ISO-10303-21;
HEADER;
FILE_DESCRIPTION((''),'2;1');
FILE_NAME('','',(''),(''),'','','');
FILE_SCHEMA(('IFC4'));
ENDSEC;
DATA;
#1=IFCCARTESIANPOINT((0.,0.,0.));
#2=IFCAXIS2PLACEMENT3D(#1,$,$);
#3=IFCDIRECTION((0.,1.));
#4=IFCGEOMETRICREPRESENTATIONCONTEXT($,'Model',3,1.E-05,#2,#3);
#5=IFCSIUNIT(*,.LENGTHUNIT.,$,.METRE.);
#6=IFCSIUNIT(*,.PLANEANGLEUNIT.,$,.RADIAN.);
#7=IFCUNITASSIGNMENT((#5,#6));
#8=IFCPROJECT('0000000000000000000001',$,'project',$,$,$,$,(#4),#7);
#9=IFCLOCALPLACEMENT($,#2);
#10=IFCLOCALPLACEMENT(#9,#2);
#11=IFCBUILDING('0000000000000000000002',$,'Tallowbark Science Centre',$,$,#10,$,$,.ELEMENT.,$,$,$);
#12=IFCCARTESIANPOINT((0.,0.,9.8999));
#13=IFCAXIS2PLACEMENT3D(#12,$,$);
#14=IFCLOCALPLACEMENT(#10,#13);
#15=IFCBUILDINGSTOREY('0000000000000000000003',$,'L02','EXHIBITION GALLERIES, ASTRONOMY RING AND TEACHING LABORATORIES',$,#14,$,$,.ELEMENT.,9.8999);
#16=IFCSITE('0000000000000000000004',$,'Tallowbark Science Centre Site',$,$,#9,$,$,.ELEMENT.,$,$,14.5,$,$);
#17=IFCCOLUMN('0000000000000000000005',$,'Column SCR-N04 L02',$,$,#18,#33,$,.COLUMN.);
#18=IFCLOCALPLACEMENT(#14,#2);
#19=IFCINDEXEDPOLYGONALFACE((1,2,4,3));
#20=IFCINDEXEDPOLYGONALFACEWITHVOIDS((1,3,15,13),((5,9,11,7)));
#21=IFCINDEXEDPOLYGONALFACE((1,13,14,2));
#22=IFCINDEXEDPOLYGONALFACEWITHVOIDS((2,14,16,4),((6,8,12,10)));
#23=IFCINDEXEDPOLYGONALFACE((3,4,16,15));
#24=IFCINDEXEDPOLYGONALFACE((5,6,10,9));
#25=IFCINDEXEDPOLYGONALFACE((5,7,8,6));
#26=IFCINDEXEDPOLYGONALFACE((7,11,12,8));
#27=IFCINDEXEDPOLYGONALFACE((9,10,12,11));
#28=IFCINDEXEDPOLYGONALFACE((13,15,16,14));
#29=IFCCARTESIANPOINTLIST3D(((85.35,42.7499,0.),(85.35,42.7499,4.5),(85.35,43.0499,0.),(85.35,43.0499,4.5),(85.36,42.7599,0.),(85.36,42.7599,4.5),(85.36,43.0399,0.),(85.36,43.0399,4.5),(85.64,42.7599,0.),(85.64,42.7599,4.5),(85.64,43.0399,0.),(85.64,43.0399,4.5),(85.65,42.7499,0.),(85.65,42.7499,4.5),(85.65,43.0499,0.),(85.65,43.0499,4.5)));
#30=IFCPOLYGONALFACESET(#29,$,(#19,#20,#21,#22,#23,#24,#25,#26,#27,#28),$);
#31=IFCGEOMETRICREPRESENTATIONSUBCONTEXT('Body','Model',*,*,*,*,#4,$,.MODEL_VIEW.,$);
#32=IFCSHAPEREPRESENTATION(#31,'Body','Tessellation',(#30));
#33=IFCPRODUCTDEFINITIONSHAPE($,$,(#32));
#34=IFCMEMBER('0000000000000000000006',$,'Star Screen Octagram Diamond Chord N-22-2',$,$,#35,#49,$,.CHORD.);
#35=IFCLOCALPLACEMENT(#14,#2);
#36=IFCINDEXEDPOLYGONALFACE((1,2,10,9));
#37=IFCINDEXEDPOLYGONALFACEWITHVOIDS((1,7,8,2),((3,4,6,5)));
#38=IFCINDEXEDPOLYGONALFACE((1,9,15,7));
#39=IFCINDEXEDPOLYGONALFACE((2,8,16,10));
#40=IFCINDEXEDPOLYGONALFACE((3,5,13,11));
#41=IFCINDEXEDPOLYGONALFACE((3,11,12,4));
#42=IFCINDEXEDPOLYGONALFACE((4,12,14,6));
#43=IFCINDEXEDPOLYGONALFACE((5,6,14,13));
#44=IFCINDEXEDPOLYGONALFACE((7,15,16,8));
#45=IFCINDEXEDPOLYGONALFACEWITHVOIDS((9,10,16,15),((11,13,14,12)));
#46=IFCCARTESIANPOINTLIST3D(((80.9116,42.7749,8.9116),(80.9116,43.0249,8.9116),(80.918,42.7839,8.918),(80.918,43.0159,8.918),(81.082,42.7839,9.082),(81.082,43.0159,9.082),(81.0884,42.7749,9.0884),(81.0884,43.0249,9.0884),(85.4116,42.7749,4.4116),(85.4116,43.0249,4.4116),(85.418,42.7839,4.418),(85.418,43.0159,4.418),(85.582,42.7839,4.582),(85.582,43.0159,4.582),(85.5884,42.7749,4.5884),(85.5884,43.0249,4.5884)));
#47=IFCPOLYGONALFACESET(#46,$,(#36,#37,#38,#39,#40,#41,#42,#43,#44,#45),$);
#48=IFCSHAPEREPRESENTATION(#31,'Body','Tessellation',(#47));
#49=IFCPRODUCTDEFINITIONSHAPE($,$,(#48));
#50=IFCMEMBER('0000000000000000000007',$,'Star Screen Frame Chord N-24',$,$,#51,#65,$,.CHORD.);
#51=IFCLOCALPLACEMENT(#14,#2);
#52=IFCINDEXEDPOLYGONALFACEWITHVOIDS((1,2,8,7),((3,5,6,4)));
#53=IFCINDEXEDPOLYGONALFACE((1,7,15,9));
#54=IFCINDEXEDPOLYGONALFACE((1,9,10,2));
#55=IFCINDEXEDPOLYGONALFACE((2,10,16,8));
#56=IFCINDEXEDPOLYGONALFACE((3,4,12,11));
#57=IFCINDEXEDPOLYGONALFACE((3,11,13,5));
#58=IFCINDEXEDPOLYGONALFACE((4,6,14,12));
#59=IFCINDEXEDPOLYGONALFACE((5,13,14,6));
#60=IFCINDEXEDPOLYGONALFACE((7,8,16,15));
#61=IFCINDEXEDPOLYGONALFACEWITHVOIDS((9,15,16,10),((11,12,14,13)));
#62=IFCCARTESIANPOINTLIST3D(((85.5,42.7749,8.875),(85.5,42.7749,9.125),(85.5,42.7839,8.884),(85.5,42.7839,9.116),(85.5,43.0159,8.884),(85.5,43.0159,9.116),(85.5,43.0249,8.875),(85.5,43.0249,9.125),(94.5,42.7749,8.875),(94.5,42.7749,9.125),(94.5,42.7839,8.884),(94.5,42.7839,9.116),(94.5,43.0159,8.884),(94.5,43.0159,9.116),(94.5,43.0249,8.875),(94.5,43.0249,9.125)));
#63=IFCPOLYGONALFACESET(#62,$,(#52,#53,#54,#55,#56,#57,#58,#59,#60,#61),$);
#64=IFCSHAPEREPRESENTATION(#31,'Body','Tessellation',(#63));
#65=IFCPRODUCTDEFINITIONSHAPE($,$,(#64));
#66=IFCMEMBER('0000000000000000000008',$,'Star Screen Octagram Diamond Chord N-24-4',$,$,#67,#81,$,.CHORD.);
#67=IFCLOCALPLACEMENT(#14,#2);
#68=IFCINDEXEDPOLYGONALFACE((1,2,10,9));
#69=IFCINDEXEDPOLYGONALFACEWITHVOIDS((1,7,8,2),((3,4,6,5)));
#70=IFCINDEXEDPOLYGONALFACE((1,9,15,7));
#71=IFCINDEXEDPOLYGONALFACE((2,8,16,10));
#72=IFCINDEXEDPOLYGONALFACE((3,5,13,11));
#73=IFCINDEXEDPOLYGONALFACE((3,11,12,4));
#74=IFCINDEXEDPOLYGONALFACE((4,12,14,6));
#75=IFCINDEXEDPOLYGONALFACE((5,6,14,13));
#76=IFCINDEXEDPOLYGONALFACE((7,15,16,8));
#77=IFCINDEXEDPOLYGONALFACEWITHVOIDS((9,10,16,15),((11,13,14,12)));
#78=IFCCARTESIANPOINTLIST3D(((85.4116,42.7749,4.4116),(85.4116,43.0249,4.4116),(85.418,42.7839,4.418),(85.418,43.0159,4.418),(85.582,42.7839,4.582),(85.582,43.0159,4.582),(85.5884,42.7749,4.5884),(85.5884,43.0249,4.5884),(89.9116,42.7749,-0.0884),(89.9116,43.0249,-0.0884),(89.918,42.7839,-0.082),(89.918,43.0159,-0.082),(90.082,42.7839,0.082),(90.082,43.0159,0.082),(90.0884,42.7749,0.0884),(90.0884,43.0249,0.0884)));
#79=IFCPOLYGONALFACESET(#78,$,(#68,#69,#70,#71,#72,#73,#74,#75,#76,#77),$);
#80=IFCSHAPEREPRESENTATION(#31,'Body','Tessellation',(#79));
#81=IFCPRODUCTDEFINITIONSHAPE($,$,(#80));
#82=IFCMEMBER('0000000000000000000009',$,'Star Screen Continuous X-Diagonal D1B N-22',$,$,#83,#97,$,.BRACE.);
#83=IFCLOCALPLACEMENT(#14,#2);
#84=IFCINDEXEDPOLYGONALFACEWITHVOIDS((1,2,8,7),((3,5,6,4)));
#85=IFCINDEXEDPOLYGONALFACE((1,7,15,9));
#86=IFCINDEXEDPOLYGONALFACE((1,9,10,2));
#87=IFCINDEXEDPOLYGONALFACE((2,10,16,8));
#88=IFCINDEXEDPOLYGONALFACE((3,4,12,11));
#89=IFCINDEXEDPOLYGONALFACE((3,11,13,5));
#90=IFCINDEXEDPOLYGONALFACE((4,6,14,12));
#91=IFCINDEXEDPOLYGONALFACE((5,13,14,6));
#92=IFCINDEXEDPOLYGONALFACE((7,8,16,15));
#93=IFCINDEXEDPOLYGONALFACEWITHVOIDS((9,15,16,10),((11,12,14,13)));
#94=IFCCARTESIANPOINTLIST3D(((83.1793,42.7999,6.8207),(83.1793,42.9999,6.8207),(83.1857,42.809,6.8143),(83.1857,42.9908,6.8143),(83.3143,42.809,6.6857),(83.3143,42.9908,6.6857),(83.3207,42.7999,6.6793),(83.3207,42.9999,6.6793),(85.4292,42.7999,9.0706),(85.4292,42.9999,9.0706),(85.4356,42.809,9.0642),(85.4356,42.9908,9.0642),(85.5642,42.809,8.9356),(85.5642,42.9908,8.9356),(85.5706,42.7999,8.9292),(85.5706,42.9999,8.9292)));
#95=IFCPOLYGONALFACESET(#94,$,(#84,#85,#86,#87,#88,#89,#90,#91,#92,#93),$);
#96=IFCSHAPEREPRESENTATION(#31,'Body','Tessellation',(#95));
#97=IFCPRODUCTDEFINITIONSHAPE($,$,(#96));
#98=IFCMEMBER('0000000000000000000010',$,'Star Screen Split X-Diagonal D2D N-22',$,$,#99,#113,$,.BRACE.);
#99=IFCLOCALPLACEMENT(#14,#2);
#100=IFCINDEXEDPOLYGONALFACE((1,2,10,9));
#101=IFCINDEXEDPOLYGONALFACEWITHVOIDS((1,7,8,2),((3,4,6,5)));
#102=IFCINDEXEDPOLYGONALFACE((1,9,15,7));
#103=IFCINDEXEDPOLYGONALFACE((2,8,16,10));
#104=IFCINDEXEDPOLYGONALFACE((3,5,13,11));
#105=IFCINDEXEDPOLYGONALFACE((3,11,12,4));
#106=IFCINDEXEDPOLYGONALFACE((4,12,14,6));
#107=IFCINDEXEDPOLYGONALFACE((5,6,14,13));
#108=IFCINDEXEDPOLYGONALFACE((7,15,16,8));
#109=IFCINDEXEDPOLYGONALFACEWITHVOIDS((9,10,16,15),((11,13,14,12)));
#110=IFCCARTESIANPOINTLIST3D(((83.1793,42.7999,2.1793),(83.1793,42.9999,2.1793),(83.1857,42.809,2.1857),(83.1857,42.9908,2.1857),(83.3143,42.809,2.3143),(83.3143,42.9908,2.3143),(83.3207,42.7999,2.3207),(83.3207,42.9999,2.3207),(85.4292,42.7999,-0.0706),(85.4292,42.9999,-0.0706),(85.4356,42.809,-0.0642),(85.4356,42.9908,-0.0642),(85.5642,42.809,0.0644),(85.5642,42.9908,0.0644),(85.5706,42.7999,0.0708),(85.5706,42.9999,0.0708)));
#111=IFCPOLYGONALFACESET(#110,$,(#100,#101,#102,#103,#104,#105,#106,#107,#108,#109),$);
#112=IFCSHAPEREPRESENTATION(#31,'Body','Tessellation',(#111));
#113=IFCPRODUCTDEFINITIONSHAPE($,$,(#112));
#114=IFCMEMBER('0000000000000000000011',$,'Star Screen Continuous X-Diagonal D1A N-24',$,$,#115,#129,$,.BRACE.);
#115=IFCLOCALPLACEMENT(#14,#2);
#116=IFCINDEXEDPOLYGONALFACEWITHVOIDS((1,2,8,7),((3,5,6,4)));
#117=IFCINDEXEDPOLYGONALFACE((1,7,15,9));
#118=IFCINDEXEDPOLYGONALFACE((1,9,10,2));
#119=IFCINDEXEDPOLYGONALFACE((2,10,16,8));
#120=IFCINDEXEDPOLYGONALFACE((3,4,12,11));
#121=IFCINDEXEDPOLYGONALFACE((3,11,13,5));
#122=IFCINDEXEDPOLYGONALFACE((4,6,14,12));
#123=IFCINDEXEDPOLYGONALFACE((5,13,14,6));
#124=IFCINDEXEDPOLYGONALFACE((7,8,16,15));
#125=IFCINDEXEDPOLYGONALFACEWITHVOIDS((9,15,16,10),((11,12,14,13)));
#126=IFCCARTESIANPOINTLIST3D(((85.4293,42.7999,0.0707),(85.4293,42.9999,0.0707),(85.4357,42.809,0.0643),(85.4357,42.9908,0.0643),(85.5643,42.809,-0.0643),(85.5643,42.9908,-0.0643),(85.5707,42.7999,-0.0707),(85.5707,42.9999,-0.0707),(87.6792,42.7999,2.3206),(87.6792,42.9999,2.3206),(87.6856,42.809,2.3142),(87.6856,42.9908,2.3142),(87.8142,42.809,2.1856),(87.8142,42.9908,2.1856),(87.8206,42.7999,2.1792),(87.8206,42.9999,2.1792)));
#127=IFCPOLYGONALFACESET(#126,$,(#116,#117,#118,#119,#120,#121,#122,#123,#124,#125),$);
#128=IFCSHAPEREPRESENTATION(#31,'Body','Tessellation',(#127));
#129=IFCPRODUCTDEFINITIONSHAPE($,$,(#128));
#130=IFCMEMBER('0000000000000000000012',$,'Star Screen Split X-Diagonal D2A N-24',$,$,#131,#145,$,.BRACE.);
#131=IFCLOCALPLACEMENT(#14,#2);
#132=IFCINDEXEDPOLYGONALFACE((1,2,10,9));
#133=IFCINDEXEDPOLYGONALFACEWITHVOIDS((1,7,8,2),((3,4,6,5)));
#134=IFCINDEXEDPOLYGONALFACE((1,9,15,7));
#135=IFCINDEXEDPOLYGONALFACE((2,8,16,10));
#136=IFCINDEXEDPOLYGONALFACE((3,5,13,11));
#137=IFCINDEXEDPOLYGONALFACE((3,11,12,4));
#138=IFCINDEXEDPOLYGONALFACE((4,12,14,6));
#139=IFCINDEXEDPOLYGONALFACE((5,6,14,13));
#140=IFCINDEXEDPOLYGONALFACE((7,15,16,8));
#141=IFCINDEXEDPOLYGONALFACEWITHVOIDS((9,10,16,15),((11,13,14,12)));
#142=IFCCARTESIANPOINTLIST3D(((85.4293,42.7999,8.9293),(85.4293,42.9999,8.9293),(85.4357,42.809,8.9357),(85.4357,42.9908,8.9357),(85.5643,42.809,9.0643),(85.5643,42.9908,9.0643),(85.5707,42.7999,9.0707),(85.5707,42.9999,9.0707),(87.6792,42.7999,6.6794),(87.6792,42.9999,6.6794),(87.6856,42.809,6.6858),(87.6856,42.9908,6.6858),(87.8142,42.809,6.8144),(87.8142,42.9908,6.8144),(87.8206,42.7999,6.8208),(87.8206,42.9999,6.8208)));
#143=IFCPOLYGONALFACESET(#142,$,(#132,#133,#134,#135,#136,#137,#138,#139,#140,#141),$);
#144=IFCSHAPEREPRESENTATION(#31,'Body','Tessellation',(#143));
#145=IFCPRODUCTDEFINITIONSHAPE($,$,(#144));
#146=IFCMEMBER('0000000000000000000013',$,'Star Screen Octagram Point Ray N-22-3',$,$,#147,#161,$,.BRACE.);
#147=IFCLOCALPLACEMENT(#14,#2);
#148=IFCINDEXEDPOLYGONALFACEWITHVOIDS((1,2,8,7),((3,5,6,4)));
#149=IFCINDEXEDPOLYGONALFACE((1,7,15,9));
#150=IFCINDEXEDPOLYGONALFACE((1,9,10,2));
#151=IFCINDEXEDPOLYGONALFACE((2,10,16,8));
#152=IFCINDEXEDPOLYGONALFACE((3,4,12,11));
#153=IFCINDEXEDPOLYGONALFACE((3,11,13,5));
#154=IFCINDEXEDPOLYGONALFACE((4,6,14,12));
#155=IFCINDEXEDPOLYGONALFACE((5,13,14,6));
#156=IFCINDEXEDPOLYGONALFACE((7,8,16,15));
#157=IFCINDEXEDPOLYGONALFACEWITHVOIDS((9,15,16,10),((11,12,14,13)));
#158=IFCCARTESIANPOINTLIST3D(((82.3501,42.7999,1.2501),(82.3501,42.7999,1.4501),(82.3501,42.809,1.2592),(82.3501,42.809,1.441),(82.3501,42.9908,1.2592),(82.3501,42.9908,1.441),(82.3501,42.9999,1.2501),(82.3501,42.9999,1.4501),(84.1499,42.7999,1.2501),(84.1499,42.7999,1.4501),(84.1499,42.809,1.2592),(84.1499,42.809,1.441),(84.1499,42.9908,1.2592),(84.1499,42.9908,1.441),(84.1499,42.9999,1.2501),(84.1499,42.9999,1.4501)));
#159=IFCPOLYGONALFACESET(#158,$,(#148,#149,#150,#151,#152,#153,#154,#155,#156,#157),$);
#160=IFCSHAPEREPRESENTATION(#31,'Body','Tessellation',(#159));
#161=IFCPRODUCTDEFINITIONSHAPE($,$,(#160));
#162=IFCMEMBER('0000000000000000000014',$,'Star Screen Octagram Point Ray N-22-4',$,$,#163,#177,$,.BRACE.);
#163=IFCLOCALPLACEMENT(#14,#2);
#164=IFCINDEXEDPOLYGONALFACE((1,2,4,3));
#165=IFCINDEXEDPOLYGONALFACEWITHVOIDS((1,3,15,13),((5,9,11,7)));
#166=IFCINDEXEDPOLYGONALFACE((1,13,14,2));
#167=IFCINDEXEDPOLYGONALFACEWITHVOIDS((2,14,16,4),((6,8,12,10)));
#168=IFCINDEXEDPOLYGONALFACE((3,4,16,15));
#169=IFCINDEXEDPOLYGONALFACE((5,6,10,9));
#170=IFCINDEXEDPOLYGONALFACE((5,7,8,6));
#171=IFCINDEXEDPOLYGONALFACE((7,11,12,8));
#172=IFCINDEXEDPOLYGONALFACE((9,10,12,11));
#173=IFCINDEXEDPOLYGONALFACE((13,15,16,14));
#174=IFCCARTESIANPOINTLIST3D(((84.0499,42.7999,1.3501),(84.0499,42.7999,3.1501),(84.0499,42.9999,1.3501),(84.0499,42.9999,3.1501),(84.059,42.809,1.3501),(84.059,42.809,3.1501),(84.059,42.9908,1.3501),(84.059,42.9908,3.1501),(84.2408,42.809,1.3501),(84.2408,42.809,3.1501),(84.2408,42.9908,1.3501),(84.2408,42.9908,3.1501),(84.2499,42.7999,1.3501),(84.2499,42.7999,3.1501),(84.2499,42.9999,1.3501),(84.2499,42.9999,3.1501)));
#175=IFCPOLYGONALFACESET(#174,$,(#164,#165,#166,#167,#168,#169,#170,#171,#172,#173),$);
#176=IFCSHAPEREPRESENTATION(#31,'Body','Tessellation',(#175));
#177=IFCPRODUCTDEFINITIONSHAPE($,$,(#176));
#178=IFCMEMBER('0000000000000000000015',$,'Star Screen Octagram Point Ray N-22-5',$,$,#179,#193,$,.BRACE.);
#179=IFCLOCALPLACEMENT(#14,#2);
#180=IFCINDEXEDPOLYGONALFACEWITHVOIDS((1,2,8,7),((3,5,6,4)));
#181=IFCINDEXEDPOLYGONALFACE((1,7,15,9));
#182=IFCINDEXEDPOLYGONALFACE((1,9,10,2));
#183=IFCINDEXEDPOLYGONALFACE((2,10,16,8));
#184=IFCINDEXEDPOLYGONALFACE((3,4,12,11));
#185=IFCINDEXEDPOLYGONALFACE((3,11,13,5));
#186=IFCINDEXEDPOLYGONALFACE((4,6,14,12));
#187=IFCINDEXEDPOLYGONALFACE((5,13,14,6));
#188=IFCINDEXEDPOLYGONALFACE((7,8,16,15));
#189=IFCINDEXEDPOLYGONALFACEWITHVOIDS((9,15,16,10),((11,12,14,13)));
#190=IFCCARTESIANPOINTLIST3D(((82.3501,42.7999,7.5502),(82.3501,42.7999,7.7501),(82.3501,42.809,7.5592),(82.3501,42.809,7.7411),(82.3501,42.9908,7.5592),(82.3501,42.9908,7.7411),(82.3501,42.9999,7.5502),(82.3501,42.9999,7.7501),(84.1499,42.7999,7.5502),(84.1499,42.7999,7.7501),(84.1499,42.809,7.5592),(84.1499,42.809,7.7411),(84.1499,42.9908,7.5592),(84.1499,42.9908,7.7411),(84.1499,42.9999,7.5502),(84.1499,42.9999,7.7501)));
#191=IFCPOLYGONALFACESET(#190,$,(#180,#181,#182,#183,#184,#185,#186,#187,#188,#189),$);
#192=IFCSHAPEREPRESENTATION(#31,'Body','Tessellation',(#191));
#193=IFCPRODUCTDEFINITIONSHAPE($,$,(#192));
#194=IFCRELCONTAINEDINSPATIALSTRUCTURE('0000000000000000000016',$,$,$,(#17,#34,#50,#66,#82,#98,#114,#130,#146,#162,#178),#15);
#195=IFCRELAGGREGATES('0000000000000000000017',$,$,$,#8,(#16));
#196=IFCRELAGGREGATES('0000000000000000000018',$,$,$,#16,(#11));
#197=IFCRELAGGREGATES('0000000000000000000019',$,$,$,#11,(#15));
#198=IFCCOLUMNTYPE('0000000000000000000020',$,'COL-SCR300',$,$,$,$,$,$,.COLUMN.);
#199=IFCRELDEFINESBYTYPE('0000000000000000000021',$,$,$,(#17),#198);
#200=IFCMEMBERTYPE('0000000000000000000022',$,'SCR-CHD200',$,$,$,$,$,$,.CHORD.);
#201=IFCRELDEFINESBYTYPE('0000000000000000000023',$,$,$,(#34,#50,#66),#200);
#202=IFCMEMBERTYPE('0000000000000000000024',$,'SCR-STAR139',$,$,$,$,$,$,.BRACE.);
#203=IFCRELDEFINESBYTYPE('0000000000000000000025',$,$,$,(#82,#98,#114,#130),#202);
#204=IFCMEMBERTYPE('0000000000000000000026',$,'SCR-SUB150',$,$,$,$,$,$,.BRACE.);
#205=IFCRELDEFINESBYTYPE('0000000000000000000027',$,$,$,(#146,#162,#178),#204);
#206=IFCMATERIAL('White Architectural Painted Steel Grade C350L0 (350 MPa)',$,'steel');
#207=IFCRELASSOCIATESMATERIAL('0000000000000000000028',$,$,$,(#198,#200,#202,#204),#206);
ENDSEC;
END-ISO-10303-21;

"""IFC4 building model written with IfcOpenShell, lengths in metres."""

from ifc_helpers import new_model, si_unit, direction, frame, origin, origin_2d, place, context, subcontext, project, spatial, hollow_rectangle, extrude, material, material_profile, profile_set, type_object, element, save


model = new_model("IFC4")

# Units and contexts
model_context = context("Model", 3, precision=1e-05, world=origin(), true_north=direction((0.0, 1.0)))
body_context = subcontext(model_context, "Body", "Model", "MODEL_VIEW")
ifc_project = project(units=[si_unit("LENGTHUNIT", "METRE"), si_unit("PLANEANGLEUNIT", "RADIAN")], contexts=[model_context])

# Site, building, storey
site_placement = place(None, origin())
site = spatial("IfcSite", under=ifc_project, at=site_placement, Name="Tallowbark Science Centre Site", CompositionType="ELEMENT", RefElevation=14.5)
building_placement = place(site_placement, origin())
building = spatial("IfcBuilding", under=site, at=building_placement, Name="Tallowbark Science Centre", CompositionType="ELEMENT")
storey_placement = place(building_placement, frame((0.0, 0.0, 9.8999)))
storey = spatial("IfcBuildingStorey", under=building, at=storey_placement, Name="L02", Description="EXHIBITION GALLERIES, ASTRONOMY RING AND TEACHING LABORATORIES", CompositionType="ELEMENT", Elevation=9.8999)

# Column
ifc_material_1 = material(Name="White Architectural Painted Steel Grade C350L0 (350 MPa)", Category="steel")
ifc_material_profile_1 = material_profile(ifc_material_1, hollow_rectangle(XDim=0.3, YDim=0.3, WallThickness=0.01, at=origin_2d()), Name="300x300x10.0SHS")
ifc_profile_set_1 = profile_set([ifc_material_profile_1], Name="White Architectural Painted Steel Grade C350L0 (350 MPa)")
column_type = type_object("IfcColumnType", Name="COL-SCR300", PredefinedType="COLUMN", material=ifc_profile_set_1)
column_placement = place(storey_placement, frame((85.5, 42.8999, 0.0), z_axis=(0.0, 0.0, 1.0), x_axis=(1.0, 0.0, 0.0)))
element("IfcColumn", 1, at=column_placement, inside=storey, type_object=column_type, Name="Column SCR-N04 L02", PredefinedType="COLUMN", context=body_context, shape_type="SweptSolid", body=[
    extrude(hollow_rectangle(XDim=0.3, YDim=0.3, WallThickness=0.01, at=origin_2d()), origin(), (0.0, 0.0, 1.0), 4.5),
])

# Members
ifc_material_profile_2 = material_profile(ifc_material_1, hollow_rectangle(XDim=0.25, YDim=0.25, WallThickness=0.009, at=origin_2d()), Name="250x250x9.0SHS")
ifc_profile_set_2 = profile_set([ifc_material_profile_2], Name="White Architectural Painted Steel Grade C350L0 (350 MPa)")
member_type_1 = type_object("IfcMemberType", Name="SCR-CHD200", PredefinedType="CHORD", material=ifc_profile_set_2)
member_1_placement = place(storey_placement, frame((85.5, 42.8999, 4.5), z_axis=(-0.707107, 0.0, 0.707107), x_axis=(0.0, -1.0, 0.0)))
element("IfcMember", 2, at=member_1_placement, inside=storey, type_object=member_type_1, Name="Star Screen Octagram Diamond Chord N-22-2", PredefinedType="CHORD", context=body_context, shape_type="SweptSolid", body=[
    extrude(hollow_rectangle(XDim=0.25, YDim=0.25, WallThickness=0.009, at=origin_2d()), origin(), (0.0, 0.0, 1.0), 6.364),
])
member_2_placement = place(storey_placement, frame((85.5, 42.8999, 9.0), z_axis=(1.0, 0.0, 0.0), x_axis=(0.0, 1.0, 0.0)))
element("IfcMember", 3, at=member_2_placement, inside=storey, type_object=member_type_1, Name="Star Screen Frame Chord N-24", PredefinedType="CHORD", context=body_context, shape_type="SweptSolid", body=[
    extrude(hollow_rectangle(XDim=0.25, YDim=0.25, WallThickness=0.009, at=origin_2d()), origin(), (0.0, 0.0, 1.0), 9.0),
])
member_3_placement = place(storey_placement, frame((85.5, 42.8999, 4.5), z_axis=(0.707107, 0.0, -0.707107), x_axis=(0.0, 1.0, 0.0)))
element("IfcMember", 4, at=member_3_placement, inside=storey, type_object=member_type_1, Name="Star Screen Octagram Diamond Chord N-24-4", PredefinedType="CHORD", context=body_context, shape_type="SweptSolid", body=[
    extrude(hollow_rectangle(XDim=0.25, YDim=0.25, WallThickness=0.009, at=origin_2d()), origin(), (0.0, 0.0, 1.0), 6.364),
])
ifc_material_profile_3 = material_profile(ifc_material_1, hollow_rectangle(XDim=0.2, YDim=0.2, WallThickness=0.009, at=origin_2d()), Name="200x200x9.0SHS")
ifc_profile_set_3 = profile_set([ifc_material_profile_3], Name="White Architectural Painted Steel Grade C350L0 (350 MPa)")
member_type_2 = type_object("IfcMemberType", Name="SCR-STAR139", PredefinedType="BRACE", material=ifc_profile_set_3)
for number, where, z_axis, x_axis, name in (
    (5, (83.25, 42.8999, 6.75), (0.707107, 0.0, 0.707107), (0.0, 1.0, 0.0), "Star Screen Continuous X-Diagonal D1B N-22"),
    (6, (83.25, 42.8999, 2.25), (0.707107, 0.0, -0.707107), (0.0, 1.0, 0.0), "Star Screen Split X-Diagonal D2D N-22"),
    (7, (85.5, 42.8999, 0.0), (0.707107, 0.0, 0.707107), (0.0, 1.0, 0.0), "Star Screen Continuous X-Diagonal D1A N-24"),
    (8, (85.5, 42.8999, 9.0), (0.707107, 0.0, -0.707107), (0.0, 1.0, 0.0), "Star Screen Split X-Diagonal D2A N-24"),
):
    element("IfcMember", number, at=place(storey_placement, frame(where, z_axis=z_axis, x_axis=x_axis)), inside=storey, type_object=member_type_2, Name=name, PredefinedType="BRACE", context=body_context, shape_type="SweptSolid", body=[
        extrude(hollow_rectangle(XDim=0.2, YDim=0.2, WallThickness=0.009, at=origin_2d()), origin(), (0.0, 0.0, 1.0), 3.1819),
    ])
ifc_material_profile_4 = material_profile(ifc_material_1, hollow_rectangle(XDim=0.2, YDim=0.2, WallThickness=0.009, at=origin_2d()), Name="200x200x9.0SHS")
ifc_profile_set_4 = profile_set([ifc_material_profile_4], Name="White Architectural Painted Steel Grade C350L0 (350 MPa)")
member_type_3 = type_object("IfcMemberType", Name="SCR-SUB150", PredefinedType="BRACE", material=ifc_profile_set_4)
member_4_placement = place(storey_placement, frame((84.1499, 42.8999, 1.3501), z_axis=(-1.0, 0.0, 0.0), x_axis=(0.0, -1.0, 0.0)))
element("IfcMember", 9, at=member_4_placement, inside=storey, type_object=member_type_3, Name="Star Screen Octagram Point Ray N-22-3", PredefinedType="BRACE", context=body_context, shape_type="SweptSolid", body=[
    extrude(hollow_rectangle(XDim=0.2, YDim=0.2, WallThickness=0.009, at=origin_2d()), origin(), (0.0, 0.0, 1.0), 1.7998),
])
member_5_placement = place(storey_placement, frame((84.1499, 42.8999, 1.3501), z_axis=(0.0, 0.0, 1.0), x_axis=(1.0, 0.0, 0.0)))
element("IfcMember", 10, at=member_5_placement, inside=storey, type_object=member_type_3, Name="Star Screen Octagram Point Ray N-22-4", PredefinedType="BRACE", context=body_context, shape_type="SweptSolid", body=[
    extrude(hollow_rectangle(XDim=0.2, YDim=0.2, WallThickness=0.009, at=origin_2d()), origin(), (0.0, 0.0, 1.0), 1.8),
])
member_6_placement = place(storey_placement, frame((84.1499, 42.8999, 7.6501), z_axis=(-1.0, 0.0, 0.0), x_axis=(0.0, -1.0, 0.0)))
element("IfcMember", 11, at=member_6_placement, inside=storey, type_object=member_type_3, Name="Star Screen Octagram Point Ray N-22-5", PredefinedType="BRACE", context=body_context, shape_type="SweptSolid", body=[
    extrude(hollow_rectangle(XDim=0.2, YDim=0.2, WallThickness=0.009, at=origin_2d()), origin(), (0.0, 0.0, 1.0), 1.7998),
])

save(model, "model.ifc")
